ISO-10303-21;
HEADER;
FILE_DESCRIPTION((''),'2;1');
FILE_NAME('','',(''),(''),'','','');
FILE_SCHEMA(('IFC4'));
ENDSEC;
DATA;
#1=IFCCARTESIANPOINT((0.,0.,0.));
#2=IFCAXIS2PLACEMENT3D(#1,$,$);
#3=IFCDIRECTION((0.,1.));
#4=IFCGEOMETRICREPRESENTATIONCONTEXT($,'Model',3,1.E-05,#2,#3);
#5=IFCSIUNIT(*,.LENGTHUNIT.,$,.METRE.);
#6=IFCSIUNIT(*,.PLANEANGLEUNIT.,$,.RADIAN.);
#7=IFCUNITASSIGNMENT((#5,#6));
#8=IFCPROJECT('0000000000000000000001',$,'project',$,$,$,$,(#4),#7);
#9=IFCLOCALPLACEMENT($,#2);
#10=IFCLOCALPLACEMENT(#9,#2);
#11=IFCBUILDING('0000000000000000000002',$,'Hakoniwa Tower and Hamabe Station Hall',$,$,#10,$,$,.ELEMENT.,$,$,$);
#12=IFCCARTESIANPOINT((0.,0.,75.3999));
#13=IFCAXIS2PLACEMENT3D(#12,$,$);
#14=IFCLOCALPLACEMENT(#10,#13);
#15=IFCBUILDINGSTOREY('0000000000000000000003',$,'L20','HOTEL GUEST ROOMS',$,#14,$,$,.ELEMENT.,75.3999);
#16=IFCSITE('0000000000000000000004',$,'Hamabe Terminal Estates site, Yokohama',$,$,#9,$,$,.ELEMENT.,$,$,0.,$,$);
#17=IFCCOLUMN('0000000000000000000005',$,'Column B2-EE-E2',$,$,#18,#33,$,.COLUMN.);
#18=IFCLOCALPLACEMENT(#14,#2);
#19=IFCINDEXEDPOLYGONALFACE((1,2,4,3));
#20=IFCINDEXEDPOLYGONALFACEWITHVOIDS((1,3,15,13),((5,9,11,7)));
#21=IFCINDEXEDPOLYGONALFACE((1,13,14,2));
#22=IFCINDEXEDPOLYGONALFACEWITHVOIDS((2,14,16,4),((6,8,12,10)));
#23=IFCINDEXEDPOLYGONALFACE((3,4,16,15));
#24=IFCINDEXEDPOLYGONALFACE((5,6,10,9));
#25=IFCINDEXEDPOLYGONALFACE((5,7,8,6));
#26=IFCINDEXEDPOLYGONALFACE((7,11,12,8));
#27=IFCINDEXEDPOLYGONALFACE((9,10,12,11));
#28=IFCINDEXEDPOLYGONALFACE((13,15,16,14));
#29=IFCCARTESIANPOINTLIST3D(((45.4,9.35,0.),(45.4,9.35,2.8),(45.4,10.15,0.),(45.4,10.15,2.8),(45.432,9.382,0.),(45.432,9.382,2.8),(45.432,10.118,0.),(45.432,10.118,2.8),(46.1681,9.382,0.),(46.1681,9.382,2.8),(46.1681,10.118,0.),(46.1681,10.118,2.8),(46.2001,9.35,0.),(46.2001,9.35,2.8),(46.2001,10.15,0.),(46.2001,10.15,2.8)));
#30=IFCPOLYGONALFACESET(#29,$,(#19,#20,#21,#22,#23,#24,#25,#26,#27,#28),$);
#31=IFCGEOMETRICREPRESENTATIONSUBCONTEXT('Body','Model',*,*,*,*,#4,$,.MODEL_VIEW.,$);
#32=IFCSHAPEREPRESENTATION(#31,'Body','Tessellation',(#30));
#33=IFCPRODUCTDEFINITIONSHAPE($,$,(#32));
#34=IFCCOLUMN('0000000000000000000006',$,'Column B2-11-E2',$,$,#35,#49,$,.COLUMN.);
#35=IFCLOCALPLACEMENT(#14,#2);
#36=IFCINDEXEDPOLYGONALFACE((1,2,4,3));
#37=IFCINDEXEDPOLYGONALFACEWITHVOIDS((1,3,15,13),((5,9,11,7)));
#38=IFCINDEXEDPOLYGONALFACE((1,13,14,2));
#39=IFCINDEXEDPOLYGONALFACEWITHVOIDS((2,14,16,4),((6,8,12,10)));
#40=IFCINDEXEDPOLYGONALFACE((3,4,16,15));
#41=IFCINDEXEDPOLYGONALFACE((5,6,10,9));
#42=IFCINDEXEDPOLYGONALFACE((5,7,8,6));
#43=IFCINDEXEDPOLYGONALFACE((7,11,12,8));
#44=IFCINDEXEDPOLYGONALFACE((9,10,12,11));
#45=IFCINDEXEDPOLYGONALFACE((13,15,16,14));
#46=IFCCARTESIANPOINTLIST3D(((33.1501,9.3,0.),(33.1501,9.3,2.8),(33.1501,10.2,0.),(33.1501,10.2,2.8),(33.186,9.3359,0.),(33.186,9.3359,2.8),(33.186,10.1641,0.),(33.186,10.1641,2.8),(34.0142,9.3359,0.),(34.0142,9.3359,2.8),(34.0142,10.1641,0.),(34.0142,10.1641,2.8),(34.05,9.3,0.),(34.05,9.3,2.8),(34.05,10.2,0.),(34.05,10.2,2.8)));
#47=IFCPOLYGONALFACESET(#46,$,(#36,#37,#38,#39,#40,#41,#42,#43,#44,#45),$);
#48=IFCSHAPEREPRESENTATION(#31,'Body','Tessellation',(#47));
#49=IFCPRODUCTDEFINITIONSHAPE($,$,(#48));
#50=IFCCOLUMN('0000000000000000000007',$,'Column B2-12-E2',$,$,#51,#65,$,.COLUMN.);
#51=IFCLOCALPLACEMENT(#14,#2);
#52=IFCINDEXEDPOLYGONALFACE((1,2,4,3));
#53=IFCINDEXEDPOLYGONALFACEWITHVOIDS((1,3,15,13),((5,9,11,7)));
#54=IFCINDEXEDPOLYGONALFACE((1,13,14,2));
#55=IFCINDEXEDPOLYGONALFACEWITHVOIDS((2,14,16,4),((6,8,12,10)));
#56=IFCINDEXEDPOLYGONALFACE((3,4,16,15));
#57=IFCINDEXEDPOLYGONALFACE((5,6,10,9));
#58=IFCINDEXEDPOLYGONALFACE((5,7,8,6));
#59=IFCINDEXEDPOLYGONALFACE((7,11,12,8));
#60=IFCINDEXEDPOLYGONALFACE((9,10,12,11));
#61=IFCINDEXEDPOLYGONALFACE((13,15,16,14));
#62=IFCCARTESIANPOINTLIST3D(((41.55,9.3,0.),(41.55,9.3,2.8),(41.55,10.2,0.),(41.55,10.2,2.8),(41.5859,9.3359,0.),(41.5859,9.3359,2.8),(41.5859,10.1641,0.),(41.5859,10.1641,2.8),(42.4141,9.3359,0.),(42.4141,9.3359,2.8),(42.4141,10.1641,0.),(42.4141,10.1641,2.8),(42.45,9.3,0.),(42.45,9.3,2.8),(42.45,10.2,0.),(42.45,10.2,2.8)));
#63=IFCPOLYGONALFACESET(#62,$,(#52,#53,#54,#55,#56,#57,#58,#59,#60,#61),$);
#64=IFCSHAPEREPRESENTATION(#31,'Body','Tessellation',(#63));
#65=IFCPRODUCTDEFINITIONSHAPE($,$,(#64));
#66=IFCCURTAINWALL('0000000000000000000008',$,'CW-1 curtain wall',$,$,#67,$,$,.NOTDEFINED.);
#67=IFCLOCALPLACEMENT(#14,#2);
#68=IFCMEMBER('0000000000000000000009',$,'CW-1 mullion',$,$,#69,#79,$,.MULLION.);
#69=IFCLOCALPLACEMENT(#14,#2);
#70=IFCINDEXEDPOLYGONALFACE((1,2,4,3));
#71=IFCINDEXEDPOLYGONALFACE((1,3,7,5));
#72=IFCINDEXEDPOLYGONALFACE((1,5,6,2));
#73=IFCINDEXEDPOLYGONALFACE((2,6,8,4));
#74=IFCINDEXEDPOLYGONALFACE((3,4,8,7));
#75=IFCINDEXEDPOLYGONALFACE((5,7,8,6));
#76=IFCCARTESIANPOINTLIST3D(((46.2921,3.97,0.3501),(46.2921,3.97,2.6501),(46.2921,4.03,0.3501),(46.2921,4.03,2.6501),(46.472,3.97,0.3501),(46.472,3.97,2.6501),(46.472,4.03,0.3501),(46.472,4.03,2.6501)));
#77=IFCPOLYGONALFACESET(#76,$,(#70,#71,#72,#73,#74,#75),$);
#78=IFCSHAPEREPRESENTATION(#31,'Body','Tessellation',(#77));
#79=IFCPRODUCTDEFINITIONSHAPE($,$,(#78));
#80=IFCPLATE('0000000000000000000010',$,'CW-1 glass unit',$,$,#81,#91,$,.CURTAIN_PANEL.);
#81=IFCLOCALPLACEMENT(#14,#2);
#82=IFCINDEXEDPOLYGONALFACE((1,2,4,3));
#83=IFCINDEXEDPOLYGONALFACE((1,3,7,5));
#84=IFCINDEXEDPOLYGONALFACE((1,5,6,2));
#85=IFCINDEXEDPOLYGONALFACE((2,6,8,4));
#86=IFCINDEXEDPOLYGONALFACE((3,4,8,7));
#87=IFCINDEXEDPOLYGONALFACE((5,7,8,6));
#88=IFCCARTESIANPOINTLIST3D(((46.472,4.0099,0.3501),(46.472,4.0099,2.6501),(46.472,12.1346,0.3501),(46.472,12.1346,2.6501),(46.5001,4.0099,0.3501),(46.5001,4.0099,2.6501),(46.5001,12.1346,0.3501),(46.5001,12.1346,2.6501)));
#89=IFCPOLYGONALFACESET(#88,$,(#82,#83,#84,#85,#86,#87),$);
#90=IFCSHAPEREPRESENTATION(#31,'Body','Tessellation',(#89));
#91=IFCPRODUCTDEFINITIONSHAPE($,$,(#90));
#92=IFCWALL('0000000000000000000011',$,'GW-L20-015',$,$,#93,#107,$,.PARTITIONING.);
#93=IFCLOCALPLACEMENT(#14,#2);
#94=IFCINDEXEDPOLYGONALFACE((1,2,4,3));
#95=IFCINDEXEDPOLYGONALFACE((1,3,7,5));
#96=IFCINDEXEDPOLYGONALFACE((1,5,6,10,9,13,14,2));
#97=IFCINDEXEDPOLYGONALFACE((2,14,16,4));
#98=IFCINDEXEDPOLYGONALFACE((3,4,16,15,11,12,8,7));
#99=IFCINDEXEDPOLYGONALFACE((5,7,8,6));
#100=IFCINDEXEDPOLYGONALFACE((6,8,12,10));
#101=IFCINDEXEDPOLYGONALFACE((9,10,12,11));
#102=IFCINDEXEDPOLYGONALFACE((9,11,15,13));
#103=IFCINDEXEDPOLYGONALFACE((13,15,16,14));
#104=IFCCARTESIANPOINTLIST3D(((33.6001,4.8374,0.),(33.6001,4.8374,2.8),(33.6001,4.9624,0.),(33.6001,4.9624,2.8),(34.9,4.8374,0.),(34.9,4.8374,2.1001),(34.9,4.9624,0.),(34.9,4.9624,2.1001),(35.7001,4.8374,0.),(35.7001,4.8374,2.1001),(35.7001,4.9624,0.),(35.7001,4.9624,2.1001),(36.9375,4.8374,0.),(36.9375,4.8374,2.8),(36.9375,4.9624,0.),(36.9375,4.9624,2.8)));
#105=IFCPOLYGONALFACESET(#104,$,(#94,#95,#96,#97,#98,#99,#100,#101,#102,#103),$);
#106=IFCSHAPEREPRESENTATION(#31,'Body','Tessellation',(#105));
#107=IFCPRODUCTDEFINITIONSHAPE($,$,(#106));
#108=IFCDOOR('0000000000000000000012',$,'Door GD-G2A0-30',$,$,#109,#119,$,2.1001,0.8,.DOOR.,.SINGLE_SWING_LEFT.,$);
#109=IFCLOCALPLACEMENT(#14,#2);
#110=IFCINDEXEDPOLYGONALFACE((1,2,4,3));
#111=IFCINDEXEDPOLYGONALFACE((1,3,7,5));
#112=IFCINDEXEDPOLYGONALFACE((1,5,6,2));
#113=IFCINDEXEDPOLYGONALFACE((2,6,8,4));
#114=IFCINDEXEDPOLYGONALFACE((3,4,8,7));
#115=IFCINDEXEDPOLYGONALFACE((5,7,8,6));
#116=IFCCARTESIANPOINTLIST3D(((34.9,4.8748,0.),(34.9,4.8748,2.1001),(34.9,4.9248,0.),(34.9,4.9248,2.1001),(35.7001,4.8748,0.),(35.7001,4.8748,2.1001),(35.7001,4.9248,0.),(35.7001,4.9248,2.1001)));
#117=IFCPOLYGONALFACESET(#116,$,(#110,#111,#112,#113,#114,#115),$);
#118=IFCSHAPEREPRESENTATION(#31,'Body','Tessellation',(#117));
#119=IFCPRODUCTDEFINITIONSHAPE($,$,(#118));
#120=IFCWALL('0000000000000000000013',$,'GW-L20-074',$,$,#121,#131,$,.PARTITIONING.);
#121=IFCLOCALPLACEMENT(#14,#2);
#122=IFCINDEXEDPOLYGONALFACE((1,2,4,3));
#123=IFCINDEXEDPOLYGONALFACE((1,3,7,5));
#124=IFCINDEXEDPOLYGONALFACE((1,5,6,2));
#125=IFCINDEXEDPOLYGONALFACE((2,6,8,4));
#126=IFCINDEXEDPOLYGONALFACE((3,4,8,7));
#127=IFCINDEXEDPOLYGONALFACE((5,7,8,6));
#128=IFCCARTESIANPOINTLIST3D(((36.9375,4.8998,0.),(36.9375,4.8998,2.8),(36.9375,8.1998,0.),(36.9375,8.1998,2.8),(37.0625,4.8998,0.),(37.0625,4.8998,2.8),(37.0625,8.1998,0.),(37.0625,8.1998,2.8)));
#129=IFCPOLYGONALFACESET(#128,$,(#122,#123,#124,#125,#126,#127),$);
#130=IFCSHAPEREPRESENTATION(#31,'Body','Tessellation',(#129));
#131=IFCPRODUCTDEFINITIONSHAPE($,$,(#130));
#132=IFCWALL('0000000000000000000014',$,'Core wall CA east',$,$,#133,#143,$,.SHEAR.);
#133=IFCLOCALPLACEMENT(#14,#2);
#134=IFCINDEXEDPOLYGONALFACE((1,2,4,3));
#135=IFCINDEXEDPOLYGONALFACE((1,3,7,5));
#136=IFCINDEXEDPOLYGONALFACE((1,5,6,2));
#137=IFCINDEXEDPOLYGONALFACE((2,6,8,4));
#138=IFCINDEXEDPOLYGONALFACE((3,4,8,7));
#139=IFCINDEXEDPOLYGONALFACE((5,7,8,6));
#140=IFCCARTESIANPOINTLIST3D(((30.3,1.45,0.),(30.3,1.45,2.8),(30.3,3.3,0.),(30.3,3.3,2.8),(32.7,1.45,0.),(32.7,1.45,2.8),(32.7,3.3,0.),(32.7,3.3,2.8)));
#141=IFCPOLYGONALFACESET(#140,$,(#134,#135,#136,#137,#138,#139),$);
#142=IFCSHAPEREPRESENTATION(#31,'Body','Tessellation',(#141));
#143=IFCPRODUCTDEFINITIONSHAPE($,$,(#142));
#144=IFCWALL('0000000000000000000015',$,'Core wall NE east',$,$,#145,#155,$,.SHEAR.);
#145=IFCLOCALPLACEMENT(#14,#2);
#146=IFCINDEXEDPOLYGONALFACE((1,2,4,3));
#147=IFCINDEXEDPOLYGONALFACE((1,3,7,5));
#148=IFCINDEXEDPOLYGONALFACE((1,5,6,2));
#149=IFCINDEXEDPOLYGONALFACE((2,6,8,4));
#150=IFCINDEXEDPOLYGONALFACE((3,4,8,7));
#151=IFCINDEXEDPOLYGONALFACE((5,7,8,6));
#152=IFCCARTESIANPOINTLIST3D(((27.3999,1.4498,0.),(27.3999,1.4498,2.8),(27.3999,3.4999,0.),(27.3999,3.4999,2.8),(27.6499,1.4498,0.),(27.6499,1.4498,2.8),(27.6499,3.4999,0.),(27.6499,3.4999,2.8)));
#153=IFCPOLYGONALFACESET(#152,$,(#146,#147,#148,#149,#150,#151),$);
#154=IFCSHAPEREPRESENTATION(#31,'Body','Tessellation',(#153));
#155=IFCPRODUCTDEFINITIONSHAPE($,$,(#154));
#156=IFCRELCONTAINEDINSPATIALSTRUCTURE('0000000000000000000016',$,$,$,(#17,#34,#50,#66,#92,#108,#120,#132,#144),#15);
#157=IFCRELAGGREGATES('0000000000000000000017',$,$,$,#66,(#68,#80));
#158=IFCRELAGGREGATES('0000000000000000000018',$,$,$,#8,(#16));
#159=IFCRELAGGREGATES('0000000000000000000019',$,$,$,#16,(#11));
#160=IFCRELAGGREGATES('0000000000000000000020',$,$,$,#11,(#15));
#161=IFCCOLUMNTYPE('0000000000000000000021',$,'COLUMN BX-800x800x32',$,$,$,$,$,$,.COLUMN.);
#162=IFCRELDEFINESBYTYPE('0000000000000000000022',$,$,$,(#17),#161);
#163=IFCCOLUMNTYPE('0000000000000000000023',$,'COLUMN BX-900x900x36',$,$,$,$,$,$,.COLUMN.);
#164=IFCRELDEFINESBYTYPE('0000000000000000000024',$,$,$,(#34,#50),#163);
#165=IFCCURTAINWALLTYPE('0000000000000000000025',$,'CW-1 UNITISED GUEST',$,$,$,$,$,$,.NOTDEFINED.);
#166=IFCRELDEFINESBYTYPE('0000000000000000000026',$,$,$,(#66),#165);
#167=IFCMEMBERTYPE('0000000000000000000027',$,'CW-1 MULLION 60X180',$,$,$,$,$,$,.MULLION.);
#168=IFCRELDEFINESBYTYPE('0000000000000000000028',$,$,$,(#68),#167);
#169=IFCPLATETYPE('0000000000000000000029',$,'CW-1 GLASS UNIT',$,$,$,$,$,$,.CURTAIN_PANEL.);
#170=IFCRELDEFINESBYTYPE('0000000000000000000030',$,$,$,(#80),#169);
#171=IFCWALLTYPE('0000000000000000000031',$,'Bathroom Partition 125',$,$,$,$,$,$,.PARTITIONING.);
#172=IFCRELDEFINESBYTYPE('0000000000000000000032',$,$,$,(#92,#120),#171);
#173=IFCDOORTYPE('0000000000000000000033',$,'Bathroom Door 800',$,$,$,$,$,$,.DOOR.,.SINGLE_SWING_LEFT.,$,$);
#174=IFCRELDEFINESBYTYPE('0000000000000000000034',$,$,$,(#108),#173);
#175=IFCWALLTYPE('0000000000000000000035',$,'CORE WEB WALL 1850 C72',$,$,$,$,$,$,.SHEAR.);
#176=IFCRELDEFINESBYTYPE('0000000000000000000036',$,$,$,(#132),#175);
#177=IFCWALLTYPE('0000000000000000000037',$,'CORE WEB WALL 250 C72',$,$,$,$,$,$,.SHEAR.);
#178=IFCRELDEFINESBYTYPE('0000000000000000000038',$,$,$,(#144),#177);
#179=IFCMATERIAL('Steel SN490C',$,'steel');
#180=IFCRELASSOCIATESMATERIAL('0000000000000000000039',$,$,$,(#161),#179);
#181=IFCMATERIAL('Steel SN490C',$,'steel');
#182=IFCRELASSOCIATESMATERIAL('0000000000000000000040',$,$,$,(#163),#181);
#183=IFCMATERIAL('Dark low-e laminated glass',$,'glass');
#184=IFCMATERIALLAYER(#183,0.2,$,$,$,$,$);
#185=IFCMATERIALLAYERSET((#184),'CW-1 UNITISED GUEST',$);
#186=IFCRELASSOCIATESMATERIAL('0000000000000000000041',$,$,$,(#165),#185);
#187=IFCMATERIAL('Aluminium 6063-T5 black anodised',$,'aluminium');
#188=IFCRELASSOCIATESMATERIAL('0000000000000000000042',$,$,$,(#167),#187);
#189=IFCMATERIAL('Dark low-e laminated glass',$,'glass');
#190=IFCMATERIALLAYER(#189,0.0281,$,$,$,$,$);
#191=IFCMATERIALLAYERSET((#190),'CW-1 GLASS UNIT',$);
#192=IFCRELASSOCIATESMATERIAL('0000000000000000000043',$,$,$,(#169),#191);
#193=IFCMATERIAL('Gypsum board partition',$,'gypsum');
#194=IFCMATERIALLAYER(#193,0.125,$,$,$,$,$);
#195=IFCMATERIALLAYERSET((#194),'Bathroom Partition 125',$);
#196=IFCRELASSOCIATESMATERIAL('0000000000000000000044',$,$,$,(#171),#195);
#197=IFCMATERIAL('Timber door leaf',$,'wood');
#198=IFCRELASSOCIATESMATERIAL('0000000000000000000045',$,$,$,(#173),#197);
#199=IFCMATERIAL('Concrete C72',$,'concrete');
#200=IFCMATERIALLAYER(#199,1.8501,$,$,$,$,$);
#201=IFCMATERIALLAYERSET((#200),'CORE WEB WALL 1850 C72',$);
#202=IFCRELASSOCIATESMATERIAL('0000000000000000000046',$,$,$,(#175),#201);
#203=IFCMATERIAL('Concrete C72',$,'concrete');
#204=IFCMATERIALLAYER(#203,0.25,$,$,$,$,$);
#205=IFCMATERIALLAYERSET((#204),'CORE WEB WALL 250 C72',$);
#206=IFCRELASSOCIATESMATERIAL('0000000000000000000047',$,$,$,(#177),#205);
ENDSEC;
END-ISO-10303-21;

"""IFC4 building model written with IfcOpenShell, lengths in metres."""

from ifc_helpers import new_model, si_unit, direction, frame, frame_2d, origin, origin_2d, place, context, subcontext, project, spatial, rectangle, hollow_rectangle, extrude, material, layer, layer_set, material_profile, profile_set, type_object, element, fill, aggregate, save


model = new_model("IFC4")

# Units and contexts
model_context = context("Model", 3, precision=1e-05, world=origin(), true_north=direction((0.0, 1.0)))
body_context = subcontext(model_context, "Body", "Model", "MODEL_VIEW")
ifc_project = project(units=[si_unit("LENGTHUNIT", "METRE"), si_unit("PLANEANGLEUNIT", "RADIAN")], contexts=[model_context])

# Site, building, storey
site_placement = place(None, origin())
site = spatial("IfcSite", under=ifc_project, at=site_placement, Name="Hamabe Terminal Estates site, Yokohama", CompositionType="ELEMENT", RefElevation=0.0)
building_placement = place(site_placement, origin())
building = spatial("IfcBuilding", under=site, at=building_placement, Name="Hakoniwa Tower and Hamabe Station Hall", CompositionType="ELEMENT")
storey_placement = place(building_placement, frame((0.0, 0.0, 75.3999)))
storey = spatial("IfcBuildingStorey", under=building, at=storey_placement, Name="L20", Description="HOTEL GUEST ROOMS", CompositionType="ELEMENT", Elevation=75.3999)

# Columns
ifc_material_1 = material(Name="Steel SN490C", Category="steel")
ifc_material_profile_1 = material_profile(ifc_material_1, hollow_rectangle(XDim=0.8, YDim=0.8, WallThickness=0.032, at=origin_2d()), Name="BX-800x800x32")
ifc_profile_set_1 = profile_set([ifc_material_profile_1], Name="Steel SN490C")
column_type_1 = type_object("IfcColumnType", Name="COLUMN BX-800x800x32", PredefinedType="COLUMN", material=ifc_profile_set_1)
column_placement = place(storey_placement, frame((45.8, 9.75, 0.0), z_axis=(0.0, 0.0, 1.0), x_axis=(1.0, 0.0, 0.0)))
element("IfcColumn", 1, at=column_placement, inside=storey, type_object=column_type_1, Name="Column B2-EE-E2", PredefinedType="COLUMN", context=body_context, shape_type="SweptSolid", body=[
    extrude(hollow_rectangle(XDim=0.8, YDim=0.8, WallThickness=0.032, at=origin_2d()), origin(), (0.0, 0.0, 1.0), 2.8),
])
ifc_material_2 = material(Name="Steel SN490C", Category="steel")
ifc_material_profile_2 = material_profile(ifc_material_2, hollow_rectangle(XDim=0.8999, YDim=0.8999, WallThickness=0.0359, at=origin_2d()), Name="BX-900x900x36")
ifc_profile_set_2 = profile_set([ifc_material_profile_2], Name="Steel SN490C")
column_type_2 = type_object("IfcColumnType", Name="COLUMN BX-900x900x36", PredefinedType="COLUMN", material=ifc_profile_set_2)
for number, where, z_axis, x_axis, name in (
    (2, (33.6001, 9.75, 0.0), (0.0, 0.0, 1.0), (1.0, 0.0, 0.0), "Column B2-11-E2"),
    (3, (42.0, 9.75, 0.0), (0.0, 0.0, 1.0), (1.0, 0.0, 0.0), "Column B2-12-E2"),
):
    element("IfcColumn", number, at=place(storey_placement, frame(where, z_axis=z_axis, x_axis=x_axis)), inside=storey, type_object=column_type_2, Name=name, PredefinedType="COLUMN", context=body_context, shape_type="SweptSolid", body=[
        extrude(hollow_rectangle(XDim=0.8999, YDim=0.8999, WallThickness=0.0359, at=origin_2d()), origin(), (0.0, 0.0, 1.0), 2.8),
    ])

# Curtain wall, member, plate
ifc_material_3 = material(Name="Dark low-e laminated glass", Category="glass")
ifc_layer_1 = layer(ifc_material_3, 0.2)
ifc_layer_set_1 = layer_set([ifc_layer_1], Name="CW-1 UNITISED GUEST")
curtain_wall_type = type_object("IfcCurtainWallType", Name="CW-1 UNITISED GUEST", PredefinedType="NOTDEFINED", material=ifc_layer_set_1)
curtain_wall_placement = place(storey_placement, origin())
curtain_wall = element("IfcCurtainWall", 4, at=curtain_wall_placement, inside=storey, type_object=curtain_wall_type, Name="CW-1 curtain wall", PredefinedType="NOTDEFINED")
ifc_material_4 = material(Name="Aluminium 6063-T5 black anodised", Category="aluminium")
ifc_material_profile_3 = material_profile(ifc_material_4, rectangle(XDim=0.0601, YDim=0.1799, at=origin_2d()), Name="CW-1 MULLION 60X180")
ifc_profile_set_3 = profile_set([ifc_material_profile_3], Name="Aluminium 6063-T5 black anodised")
member_type = type_object("IfcMemberType", Name="CW-1 MULLION 60X180", PredefinedType="MULLION", material=ifc_profile_set_3)
member_placement = place(storey_placement, frame((46.3821, 4.0, 0.3501), z_axis=(0.0, 0.0, 1.0), x_axis=(0.0, 1.0, 0.0)))
member = element("IfcMember", 5, at=member_placement, type_object=member_type, Name="CW-1 mullion", PredefinedType="MULLION", context=body_context, shape_type="SweptSolid", body=[
    extrude(rectangle(XDim=0.0601, YDim=0.1799, at=origin_2d()), origin(), (0.0, 0.0, 1.0), 2.3),
])
ifc_material_5 = material(Name="Dark low-e laminated glass", Category="glass")
ifc_layer_2 = layer(ifc_material_5, 0.0281)
ifc_layer_set_2 = layer_set([ifc_layer_2], Name="CW-1 GLASS UNIT")
plate_type = type_object("IfcPlateType", Name="CW-1 GLASS UNIT", PredefinedType="CURTAIN_PANEL", material=ifc_layer_set_2)
plate_placement = place(storey_placement, frame((46.4861, 8.0723, 0.3501), z_axis=(0.0, 0.0, 1.0), x_axis=(0.0, 1.0, 0.0)))
plate = element("IfcPlate", 6, at=plate_placement, type_object=plate_type, Name="CW-1 glass unit", PredefinedType="CURTAIN_PANEL", context=body_context, shape_type="SweptSolid", body=[
    extrude(rectangle(XDim=8.1248, YDim=0.0281, at=origin_2d()), origin(), (0.0, 0.0, 1.0), 2.3),
])
aggregate(curtain_wall, [member, plate])

# Wall, opening, door
ifc_material_6 = material(Name="Gypsum board partition", Category="gypsum")
ifc_layer_3 = layer(ifc_material_6, 0.125)
ifc_layer_set_3 = layer_set([ifc_layer_3], Name="Bathroom Partition 125")
wall_type_1 = type_object("IfcWallType", Name="Bathroom Partition 125", PredefinedType="PARTITIONING", material=ifc_layer_set_3)
wall_1_placement = place(storey_placement, frame((33.6001, 4.8999, 0.0), z_axis=(0.0, 0.0, 1.0), x_axis=(1.0, 0.0, 0.0)))
wall_1 = element("IfcWall", 7, at=wall_1_placement, inside=storey, type_object=wall_type_1, Name="GW-L20-015", PredefinedType="PARTITIONING", context=body_context, shape_type="SweptSolid", body=[
    extrude(rectangle(XDim=3.3374, YDim=0.125, at=frame_2d((1.6687, 0.0))), origin(), (0.0, 0.0, 1.0), 2.8),
])
opening_1_placement = place(wall_1_placement, frame((1.3, 0.0, 0.0)))
opening_1 = element("IfcOpeningElement", 8, at=opening_1_placement, cuts=wall_1, PredefinedType="OPENING", context=body_context, shape_type="SweptSolid", body=[
    extrude(rectangle(XDim=0.8, YDim=2.1001, at=frame_2d((0.3999, 1.05))), frame((0.0, 0.0725, 0.0), z_axis=(0.0, -1.0, 0.0), x_axis=(1.0, 0.0, 0.0)), (0.0, 0.0, 1.0), 0.145),
])
ifc_material_7 = material(Name="Timber door leaf", Category="wood")
door_type_1 = type_object("IfcDoorType", Name="Bathroom Door 800", OperationType="SINGLE_SWING_LEFT", PredefinedType="DOOR", material=ifc_material_7)
door_1_placement = place(opening_1_placement, origin())
door_1 = element("IfcDoor", 9, at=door_1_placement, inside=storey, type_object=door_type_1, Name="Door GD-G2A0-30", OperationType="SINGLE_SWING_LEFT", OverallHeight=2.1001, OverallWidth=0.8, PredefinedType="DOOR", context=body_context, shape_type="SweptSolid", body=[
    extrude(rectangle(XDim=0.8, YDim=2.1001, at=frame_2d((0.3999, 1.05))), frame((0.0, 0.0249, 0.0), z_axis=(0.0, -1.0, 0.0), x_axis=(1.0, 0.0, 0.0)), (0.0, 0.0, 1.0), 0.05),
])
fill(opening_1, door_1)

# Walls
wall_2_placement = place(storey_placement, frame((37.0, 4.8999, 0.0), z_axis=(0.0, 0.0, 1.0), x_axis=(0.0, 1.0, 0.0)))
element("IfcWall", 10, at=wall_2_placement, inside=storey, type_object=wall_type_1, Name="GW-L20-074", PredefinedType="PARTITIONING", context=body_context, shape_type="SweptSolid", body=[
    extrude(rectangle(XDim=3.3, YDim=0.125, at=frame_2d((1.6499, 0.0))), origin(), (0.0, 0.0, 1.0), 2.8),
])
ifc_material_8 = material(Name="Concrete C72", Category="concrete")
ifc_layer_4 = layer(ifc_material_8, 1.8501)
ifc_layer_set_4 = layer_set([ifc_layer_4], Name="CORE WEB WALL 1850 C72")
wall_type_2 = type_object("IfcWallType", Name="CORE WEB WALL 1850 C72", PredefinedType="SHEAR", material=ifc_layer_set_4)
wall_3_placement = place(storey_placement, frame((30.3, 2.375, 0.0), z_axis=(0.0, 0.0, 1.0), x_axis=(1.0, 0.0, 0.0)))
element("IfcWall", 11, at=wall_3_placement, inside=storey, type_object=wall_type_2, Name="Core wall CA east", PredefinedType="SHEAR", context=body_context, shape_type="SweptSolid", body=[
    extrude(rectangle(XDim=2.3999, YDim=1.8501, at=frame_2d((1.2, 0.0))), origin(), (0.0, 0.0, 1.0), 2.8),
])
ifc_material_9 = material(Name="Concrete C72", Category="concrete")
ifc_layer_5 = layer(ifc_material_9, 0.25)
ifc_layer_set_5 = layer_set([ifc_layer_5], Name="CORE WEB WALL 250 C72")
wall_type_3 = type_object("IfcWallType", Name="CORE WEB WALL 250 C72", PredefinedType="SHEAR", material=ifc_layer_set_5)
wall_4_placement = place(storey_placement, frame((27.5249, 1.45, 0.0), z_axis=(0.0, 0.0, 1.0), x_axis=(0.0, 1.0, 0.0)))
element("IfcWall", 12, at=wall_4_placement, inside=storey, type_object=wall_type_3, Name="Core wall NE east", PredefinedType="SHEAR", context=body_context, shape_type="SweptSolid", body=[
    extrude(rectangle(XDim=2.05, YDim=0.25, at=frame_2d((1.0249, 0.0))), origin(), (0.0, 0.0, 1.0), 2.8),
])

save(model, "model.ifc")
